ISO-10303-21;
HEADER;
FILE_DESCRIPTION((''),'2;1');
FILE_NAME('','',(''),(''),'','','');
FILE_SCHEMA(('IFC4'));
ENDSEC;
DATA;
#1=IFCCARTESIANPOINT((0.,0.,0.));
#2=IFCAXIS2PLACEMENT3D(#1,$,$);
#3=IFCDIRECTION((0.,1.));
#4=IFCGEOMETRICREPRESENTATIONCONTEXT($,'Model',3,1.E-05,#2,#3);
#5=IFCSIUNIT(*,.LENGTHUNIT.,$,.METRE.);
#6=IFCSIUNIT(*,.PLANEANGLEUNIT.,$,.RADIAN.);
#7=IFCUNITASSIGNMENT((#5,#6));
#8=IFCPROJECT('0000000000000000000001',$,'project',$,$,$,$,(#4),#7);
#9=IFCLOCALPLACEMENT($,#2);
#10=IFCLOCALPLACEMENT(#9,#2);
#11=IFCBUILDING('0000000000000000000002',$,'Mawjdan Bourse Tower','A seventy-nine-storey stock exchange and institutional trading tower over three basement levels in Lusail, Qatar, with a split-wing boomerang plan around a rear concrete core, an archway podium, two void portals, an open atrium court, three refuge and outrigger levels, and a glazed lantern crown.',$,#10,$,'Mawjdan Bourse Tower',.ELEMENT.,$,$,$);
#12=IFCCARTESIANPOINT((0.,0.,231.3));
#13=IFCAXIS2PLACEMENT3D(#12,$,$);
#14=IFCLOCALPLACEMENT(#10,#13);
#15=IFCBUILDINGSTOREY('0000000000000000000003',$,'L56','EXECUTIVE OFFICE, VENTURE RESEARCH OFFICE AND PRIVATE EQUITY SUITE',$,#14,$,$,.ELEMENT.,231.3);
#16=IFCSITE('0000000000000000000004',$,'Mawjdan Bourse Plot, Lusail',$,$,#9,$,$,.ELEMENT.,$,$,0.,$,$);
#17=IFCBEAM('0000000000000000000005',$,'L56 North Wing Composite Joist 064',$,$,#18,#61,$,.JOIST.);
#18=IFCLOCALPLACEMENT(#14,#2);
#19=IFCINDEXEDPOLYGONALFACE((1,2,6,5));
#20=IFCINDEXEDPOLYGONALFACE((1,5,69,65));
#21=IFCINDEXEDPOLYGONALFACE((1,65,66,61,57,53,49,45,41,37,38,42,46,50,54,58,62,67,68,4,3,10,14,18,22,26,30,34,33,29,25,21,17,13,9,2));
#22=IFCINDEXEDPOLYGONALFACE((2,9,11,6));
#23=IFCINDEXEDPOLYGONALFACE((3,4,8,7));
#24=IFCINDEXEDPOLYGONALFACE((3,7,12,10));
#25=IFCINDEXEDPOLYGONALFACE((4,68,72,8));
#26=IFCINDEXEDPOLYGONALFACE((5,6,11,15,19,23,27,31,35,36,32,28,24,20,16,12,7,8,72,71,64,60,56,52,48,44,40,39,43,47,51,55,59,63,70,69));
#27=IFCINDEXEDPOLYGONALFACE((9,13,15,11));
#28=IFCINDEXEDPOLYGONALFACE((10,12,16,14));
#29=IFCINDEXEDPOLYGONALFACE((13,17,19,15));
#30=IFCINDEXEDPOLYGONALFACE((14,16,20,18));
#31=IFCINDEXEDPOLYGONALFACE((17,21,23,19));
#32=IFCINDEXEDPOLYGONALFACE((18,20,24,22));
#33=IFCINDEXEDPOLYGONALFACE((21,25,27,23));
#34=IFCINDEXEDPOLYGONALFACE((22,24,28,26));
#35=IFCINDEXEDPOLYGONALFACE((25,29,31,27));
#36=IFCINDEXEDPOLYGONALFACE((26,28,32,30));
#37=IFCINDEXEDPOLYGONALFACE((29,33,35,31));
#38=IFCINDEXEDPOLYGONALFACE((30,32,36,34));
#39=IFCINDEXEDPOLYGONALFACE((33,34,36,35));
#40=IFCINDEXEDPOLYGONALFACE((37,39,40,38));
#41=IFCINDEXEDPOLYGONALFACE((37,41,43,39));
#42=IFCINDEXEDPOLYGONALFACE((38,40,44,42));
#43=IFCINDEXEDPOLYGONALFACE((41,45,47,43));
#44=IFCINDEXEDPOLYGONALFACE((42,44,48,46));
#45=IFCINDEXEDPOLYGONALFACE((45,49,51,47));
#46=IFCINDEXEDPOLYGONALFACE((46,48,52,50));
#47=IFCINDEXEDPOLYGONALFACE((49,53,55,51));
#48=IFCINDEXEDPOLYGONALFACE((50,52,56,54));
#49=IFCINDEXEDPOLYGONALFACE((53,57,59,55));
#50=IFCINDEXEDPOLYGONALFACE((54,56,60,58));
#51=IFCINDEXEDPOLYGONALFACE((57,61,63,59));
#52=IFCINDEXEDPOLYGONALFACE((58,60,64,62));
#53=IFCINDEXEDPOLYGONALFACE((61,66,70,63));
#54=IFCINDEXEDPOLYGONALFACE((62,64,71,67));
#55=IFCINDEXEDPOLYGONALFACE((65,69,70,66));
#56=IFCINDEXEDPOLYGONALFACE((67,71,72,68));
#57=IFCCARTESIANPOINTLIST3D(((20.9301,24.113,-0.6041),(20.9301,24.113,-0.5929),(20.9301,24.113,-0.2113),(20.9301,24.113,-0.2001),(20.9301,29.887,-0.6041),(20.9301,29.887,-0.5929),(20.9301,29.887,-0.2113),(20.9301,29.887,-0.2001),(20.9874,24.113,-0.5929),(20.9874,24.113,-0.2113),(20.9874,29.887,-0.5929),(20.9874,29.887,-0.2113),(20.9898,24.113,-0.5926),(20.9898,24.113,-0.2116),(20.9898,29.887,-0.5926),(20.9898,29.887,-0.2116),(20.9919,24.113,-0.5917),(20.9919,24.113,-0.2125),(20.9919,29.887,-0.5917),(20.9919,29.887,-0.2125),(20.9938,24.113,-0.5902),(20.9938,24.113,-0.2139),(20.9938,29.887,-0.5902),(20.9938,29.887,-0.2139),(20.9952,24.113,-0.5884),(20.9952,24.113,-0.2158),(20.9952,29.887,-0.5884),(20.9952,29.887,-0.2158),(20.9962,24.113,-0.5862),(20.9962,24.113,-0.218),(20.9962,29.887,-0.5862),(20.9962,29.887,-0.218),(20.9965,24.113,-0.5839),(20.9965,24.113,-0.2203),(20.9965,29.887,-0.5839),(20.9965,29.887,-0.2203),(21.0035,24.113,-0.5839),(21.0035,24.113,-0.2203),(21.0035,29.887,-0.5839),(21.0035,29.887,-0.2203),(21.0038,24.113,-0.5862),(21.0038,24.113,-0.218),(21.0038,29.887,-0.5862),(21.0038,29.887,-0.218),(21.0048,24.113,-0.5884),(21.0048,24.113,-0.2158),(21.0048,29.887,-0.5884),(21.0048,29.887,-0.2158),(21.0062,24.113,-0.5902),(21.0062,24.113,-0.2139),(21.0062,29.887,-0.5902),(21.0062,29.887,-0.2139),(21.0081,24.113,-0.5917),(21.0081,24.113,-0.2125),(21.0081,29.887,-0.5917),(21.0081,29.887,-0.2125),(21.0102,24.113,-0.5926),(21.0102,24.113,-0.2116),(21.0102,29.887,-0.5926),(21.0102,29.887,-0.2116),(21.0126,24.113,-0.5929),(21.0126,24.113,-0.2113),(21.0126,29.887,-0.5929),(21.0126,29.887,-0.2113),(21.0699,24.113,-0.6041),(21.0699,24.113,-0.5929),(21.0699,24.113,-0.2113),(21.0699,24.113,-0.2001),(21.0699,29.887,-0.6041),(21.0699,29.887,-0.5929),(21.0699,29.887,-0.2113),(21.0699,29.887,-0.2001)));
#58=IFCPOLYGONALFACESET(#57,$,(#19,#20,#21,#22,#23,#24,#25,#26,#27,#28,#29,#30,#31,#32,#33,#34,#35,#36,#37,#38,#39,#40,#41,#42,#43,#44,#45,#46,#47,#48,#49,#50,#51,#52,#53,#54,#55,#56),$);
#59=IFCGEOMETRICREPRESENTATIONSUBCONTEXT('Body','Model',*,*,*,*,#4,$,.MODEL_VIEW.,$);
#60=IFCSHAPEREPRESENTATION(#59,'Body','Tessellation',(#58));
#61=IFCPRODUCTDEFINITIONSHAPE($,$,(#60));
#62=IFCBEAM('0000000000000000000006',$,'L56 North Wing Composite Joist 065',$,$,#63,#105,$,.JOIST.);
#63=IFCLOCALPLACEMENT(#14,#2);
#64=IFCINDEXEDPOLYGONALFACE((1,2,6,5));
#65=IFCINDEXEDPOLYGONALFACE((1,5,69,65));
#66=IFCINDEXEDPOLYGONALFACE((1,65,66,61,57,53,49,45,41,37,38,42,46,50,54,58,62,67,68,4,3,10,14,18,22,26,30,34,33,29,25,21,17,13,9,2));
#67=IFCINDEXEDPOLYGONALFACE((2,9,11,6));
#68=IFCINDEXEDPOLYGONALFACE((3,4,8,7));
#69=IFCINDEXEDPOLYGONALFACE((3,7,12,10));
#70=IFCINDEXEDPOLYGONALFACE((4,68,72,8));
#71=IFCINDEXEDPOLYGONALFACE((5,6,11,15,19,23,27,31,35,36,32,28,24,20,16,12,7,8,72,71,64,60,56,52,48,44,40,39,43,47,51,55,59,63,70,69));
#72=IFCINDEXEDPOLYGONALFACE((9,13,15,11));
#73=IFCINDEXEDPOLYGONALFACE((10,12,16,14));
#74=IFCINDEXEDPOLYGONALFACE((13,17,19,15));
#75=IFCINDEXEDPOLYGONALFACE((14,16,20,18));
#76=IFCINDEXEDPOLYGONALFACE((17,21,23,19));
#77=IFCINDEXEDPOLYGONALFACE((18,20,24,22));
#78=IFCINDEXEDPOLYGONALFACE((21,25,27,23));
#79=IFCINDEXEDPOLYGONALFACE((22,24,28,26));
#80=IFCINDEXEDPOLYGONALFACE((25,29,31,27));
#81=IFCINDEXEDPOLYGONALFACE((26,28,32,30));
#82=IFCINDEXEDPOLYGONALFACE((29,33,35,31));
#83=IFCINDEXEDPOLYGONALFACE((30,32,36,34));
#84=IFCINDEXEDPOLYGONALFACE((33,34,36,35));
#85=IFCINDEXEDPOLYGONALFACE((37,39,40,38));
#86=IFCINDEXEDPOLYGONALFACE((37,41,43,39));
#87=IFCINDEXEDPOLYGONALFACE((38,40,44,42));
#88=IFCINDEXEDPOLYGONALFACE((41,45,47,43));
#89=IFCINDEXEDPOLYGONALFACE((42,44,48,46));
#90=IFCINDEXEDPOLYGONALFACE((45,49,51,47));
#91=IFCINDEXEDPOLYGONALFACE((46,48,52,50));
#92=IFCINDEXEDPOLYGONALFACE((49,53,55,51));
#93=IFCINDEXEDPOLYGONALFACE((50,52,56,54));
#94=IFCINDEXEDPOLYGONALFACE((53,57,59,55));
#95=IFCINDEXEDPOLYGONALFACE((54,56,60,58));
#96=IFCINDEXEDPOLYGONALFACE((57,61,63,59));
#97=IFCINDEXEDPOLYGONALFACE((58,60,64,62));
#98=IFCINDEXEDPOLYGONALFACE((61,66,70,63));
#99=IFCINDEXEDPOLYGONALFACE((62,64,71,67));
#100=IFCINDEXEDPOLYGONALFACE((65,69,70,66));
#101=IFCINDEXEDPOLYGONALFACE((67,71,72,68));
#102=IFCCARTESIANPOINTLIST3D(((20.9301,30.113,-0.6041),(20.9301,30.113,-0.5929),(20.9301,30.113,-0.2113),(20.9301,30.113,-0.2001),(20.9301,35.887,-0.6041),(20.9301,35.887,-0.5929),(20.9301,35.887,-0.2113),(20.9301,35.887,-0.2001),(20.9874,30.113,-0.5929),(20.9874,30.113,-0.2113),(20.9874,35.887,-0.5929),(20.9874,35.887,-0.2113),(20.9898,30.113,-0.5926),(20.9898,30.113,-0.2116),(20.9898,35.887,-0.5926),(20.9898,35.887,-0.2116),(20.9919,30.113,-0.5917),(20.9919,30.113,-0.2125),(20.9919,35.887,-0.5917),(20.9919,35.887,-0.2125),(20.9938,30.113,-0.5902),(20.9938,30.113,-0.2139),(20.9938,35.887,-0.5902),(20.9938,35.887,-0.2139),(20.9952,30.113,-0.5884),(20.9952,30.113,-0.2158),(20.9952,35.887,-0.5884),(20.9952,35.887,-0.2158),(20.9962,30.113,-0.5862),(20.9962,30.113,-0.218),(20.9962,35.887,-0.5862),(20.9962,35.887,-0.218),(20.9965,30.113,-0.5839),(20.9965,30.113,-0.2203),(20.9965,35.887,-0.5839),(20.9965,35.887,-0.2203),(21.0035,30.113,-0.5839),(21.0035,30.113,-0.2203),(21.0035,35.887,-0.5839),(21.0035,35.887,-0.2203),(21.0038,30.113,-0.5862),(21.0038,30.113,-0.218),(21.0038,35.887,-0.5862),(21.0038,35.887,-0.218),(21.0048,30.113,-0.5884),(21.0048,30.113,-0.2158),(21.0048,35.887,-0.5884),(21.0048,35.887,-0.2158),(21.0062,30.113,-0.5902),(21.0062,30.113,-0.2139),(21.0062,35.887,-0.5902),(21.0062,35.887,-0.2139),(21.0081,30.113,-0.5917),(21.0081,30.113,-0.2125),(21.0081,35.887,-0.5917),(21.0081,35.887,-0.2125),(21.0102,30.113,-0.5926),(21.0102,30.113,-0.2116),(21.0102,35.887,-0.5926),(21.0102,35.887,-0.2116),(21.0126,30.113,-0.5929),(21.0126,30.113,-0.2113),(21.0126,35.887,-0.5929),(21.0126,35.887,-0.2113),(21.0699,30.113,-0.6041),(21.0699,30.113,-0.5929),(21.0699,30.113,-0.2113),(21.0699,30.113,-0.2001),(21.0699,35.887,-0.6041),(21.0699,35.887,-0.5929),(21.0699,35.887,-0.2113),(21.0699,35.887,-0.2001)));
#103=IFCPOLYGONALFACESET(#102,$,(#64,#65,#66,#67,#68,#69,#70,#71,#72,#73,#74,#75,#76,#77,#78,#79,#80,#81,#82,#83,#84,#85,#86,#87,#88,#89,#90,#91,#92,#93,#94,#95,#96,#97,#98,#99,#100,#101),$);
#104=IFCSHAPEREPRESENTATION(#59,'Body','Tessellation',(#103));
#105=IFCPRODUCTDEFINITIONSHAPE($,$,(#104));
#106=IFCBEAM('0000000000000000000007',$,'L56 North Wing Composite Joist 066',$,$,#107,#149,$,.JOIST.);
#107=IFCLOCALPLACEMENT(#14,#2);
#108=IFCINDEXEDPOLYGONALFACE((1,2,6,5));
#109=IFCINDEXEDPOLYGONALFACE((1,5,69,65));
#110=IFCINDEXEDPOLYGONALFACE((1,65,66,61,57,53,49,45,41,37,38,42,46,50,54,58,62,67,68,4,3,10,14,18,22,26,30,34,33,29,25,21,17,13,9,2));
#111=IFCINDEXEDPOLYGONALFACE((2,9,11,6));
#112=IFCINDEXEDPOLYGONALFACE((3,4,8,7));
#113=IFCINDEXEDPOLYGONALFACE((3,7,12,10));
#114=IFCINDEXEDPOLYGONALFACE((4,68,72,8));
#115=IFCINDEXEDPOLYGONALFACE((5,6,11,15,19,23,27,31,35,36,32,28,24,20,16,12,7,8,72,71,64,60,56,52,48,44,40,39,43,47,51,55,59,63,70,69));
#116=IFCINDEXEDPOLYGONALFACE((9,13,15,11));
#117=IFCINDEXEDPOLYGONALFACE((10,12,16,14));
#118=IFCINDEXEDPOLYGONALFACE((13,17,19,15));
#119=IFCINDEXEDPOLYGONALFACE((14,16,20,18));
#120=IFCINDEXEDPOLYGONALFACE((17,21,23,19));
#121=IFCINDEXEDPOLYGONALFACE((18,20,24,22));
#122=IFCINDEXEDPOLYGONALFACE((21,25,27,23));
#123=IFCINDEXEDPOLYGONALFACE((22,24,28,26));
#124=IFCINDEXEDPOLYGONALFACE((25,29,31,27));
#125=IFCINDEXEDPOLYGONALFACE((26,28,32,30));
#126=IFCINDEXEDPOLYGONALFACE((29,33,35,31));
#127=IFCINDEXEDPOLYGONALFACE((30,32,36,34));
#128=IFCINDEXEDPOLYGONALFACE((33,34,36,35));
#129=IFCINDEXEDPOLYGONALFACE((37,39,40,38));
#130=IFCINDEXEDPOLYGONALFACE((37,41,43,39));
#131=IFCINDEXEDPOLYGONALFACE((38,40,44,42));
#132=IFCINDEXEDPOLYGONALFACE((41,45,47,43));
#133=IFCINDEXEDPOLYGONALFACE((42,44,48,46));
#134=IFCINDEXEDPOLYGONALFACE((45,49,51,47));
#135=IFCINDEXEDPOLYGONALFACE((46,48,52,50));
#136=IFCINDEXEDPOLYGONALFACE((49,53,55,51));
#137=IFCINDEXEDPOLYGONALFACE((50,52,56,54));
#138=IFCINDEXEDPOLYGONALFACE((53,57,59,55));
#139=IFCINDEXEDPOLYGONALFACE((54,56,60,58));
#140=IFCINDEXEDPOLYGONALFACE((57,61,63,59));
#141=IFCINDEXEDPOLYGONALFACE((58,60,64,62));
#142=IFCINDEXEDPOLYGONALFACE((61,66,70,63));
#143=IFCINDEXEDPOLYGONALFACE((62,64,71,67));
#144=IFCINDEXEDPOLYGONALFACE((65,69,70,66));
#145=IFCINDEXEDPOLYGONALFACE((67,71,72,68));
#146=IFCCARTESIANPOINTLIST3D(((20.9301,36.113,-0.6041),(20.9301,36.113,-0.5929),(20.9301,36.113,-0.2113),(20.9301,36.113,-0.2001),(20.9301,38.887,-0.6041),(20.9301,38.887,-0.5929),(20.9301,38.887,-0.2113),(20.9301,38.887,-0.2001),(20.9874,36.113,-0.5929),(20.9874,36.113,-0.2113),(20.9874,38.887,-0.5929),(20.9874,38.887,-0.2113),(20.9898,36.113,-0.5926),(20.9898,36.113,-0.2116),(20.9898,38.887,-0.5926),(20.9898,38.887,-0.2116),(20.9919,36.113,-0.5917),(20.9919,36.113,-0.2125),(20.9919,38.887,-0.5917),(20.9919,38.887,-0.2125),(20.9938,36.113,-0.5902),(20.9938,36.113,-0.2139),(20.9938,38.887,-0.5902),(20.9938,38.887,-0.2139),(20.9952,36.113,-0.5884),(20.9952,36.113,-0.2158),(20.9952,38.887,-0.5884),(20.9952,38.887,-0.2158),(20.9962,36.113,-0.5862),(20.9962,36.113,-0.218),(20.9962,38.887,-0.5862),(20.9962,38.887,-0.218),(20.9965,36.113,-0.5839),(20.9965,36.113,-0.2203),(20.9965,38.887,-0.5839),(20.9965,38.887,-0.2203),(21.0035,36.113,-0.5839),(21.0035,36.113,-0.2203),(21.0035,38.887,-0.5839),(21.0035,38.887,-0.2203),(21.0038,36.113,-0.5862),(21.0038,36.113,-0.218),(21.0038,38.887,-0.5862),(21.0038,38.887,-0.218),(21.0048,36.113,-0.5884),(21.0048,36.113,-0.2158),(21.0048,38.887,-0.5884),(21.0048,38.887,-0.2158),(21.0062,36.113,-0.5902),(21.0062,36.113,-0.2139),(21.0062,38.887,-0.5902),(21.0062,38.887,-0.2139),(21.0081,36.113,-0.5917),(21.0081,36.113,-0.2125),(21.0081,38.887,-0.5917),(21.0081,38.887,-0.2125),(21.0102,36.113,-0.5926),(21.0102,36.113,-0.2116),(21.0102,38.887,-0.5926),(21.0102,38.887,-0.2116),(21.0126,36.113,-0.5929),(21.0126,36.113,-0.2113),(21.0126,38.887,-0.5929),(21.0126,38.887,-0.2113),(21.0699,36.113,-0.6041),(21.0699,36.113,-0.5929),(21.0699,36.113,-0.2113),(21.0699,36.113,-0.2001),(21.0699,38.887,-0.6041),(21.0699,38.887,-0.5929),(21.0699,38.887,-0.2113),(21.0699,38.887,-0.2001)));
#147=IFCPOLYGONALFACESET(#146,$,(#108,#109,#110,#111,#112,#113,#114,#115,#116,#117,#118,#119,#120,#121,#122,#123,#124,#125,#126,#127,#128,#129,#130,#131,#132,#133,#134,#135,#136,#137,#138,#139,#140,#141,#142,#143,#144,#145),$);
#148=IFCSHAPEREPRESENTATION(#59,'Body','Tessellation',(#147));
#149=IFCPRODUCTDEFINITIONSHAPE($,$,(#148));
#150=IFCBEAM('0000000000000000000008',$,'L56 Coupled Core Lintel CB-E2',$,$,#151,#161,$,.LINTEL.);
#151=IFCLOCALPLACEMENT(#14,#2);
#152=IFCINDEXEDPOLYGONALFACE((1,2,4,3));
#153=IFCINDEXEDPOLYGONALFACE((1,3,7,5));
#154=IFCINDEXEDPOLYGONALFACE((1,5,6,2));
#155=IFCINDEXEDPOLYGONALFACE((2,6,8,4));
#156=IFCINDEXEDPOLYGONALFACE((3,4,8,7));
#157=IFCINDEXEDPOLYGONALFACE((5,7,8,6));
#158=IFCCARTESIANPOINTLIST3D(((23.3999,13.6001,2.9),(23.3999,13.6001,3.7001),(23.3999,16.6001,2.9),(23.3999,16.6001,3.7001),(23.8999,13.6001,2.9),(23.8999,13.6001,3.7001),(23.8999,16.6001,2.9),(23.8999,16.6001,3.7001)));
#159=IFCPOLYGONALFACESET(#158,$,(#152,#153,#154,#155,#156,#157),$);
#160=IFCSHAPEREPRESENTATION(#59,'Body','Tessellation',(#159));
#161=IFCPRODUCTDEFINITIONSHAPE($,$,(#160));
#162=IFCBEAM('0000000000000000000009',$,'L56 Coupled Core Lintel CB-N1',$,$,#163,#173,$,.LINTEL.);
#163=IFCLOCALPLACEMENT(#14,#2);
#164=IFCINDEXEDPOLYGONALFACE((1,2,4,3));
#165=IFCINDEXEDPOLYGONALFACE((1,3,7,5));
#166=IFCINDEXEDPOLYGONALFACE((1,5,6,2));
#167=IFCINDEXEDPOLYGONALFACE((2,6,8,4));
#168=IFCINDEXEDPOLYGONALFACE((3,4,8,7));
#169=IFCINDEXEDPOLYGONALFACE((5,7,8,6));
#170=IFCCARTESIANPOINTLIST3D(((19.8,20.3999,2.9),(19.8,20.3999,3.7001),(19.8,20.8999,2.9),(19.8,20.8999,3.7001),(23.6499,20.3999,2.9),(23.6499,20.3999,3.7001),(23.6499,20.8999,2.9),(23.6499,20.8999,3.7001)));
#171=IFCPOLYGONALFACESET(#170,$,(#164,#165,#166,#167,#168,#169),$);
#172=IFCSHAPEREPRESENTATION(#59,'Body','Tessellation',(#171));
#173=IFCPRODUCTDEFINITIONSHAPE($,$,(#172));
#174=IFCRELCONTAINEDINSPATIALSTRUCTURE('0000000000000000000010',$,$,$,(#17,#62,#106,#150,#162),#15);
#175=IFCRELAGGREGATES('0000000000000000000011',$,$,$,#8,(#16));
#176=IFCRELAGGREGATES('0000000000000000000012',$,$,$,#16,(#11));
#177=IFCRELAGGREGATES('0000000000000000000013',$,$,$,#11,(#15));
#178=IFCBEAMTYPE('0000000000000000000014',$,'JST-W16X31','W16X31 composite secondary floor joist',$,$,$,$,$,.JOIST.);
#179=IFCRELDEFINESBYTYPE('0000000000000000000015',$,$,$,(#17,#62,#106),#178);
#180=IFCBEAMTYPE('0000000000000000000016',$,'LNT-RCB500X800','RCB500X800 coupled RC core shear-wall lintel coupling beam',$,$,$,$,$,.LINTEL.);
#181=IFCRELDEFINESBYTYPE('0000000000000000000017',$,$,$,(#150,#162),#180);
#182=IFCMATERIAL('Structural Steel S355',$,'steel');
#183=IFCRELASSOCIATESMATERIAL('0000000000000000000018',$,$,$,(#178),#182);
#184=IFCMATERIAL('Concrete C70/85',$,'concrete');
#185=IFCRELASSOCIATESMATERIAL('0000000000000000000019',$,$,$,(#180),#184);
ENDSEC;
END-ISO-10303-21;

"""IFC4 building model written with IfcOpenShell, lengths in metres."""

from ifc_helpers import new_model, si_unit, direction, frame, origin, origin_2d, place, context, subcontext, project, spatial, rectangle, i_section, extrude, material, material_profile, profile_set, type_object, element, save


model = new_model("IFC4")

# Units and contexts
model_context = context("Model", 3, precision=1e-05, world=origin(), true_north=direction((0.0, 1.0)))
body_context = subcontext(model_context, "Body", "Model", "MODEL_VIEW")
ifc_project = project(units=[si_unit("LENGTHUNIT", "METRE"), si_unit("PLANEANGLEUNIT", "RADIAN")], contexts=[model_context])

# Site, building, storey
site_placement = place(None, origin())
site = spatial("IfcSite", under=ifc_project, at=site_placement, Name="Mawjdan Bourse Plot, Lusail", CompositionType="ELEMENT", RefElevation=0.0)
building_placement = place(site_placement, origin())
building = spatial("IfcBuilding", under=site, at=building_placement, Name="Mawjdan Bourse Tower", Description="A seventy-nine-storey stock exchange and institutional trading tower over three basement levels in Lusail, Qatar, with a split-wing boomerang plan around a rear concrete core, an archway podium, two void portals, an open atrium court, three refuge and outrigger levels, and a glazed lantern crown.", LongName="Mawjdan Bourse Tower", CompositionType="ELEMENT")
storey_placement = place(building_placement, frame((0.0, 0.0, 231.3)))
storey = spatial("IfcBuildingStorey", under=building, at=storey_placement, Name="L56", Description="EXECUTIVE OFFICE, VENTURE RESEARCH OFFICE AND PRIVATE EQUITY SUITE", CompositionType="ELEMENT", Elevation=231.3)

# Beams
ifc_material_1 = material(Name="Structural Steel S355", Category="steel")
ifc_material_profile_1 = material_profile(ifc_material_1, i_section(OverallWidth=0.1399, OverallDepth=0.4041, WebThickness=0.0071, FlangeThickness=0.0112, FilletRadius=0.009, at=origin_2d()), Name="W16X31")
ifc_profile_set_1 = profile_set([ifc_material_profile_1], Name="Structural Steel S355")
beam_type_1 = type_object("IfcBeamType", Name="JST-W16X31", Description="W16X31 composite secondary floor joist", PredefinedType="JOIST", material=ifc_profile_set_1)
for number, where, z_axis, x_axis, name in (
    (1, (21.0, 24.113, -0.4021), (0.0, 1.0, 0.0), (-1.0, 0.0, 0.0), "L56 North Wing Composite Joist 064"),
    (2, (21.0, 30.113, -0.4021), (0.0, 1.0, 0.0), (-1.0, 0.0, 0.0), "L56 North Wing Composite Joist 065"),
):
    element("IfcBeam", number, at=place(storey_placement, frame(where, z_axis=z_axis, x_axis=x_axis)), inside=storey, type_object=beam_type_1, Name=name, PredefinedType="JOIST", context=body_context, shape_type="SweptSolid", body=[
        extrude(i_section(OverallWidth=0.1399, OverallDepth=0.4041, WebThickness=0.0071, FlangeThickness=0.0112, FilletRadius=0.009, at=origin_2d()), origin(), (0.0, 0.0, 1.0), 5.7739),
    ])
beam_1_placement = place(storey_placement, frame((21.0, 36.113, -0.4021), z_axis=(0.0, 1.0, 0.0), x_axis=(-1.0, 0.0, 0.0)))
element("IfcBeam", 3, at=beam_1_placement, inside=storey, type_object=beam_type_1, Name="L56 North Wing Composite Joist 066", PredefinedType="JOIST", context=body_context, shape_type="SweptSolid", body=[
    extrude(i_section(OverallWidth=0.1399, OverallDepth=0.4041, WebThickness=0.0071, FlangeThickness=0.0112, FilletRadius=0.009, at=origin_2d()), origin(), (0.0, 0.0, 1.0), 2.7739),
])
ifc_material_2 = material(Name="Concrete C70/85", Category="concrete")
ifc_material_profile_2 = material_profile(ifc_material_2, rectangle(XDim=0.5, YDim=0.8, at=origin_2d()), Name="RCB500X800")
ifc_profile_set_2 = profile_set([ifc_material_profile_2], Name="Concrete C70/85")
beam_type_2 = type_object("IfcBeamType", Name="LNT-RCB500X800", Description="RCB500X800 coupled RC core shear-wall lintel coupling beam", PredefinedType="LINTEL", material=ifc_profile_set_2)
beam_2_placement = place(storey_placement, frame((23.6499, 13.6001, 3.3), z_axis=(0.0, 1.0, 0.0), x_axis=(-1.0, 0.0, 0.0)))
element("IfcBeam", 4, at=beam_2_placement, inside=storey, type_object=beam_type_2, Name="L56 Coupled Core Lintel CB-E2", PredefinedType="LINTEL", context=body_context, shape_type="SweptSolid", body=[
    extrude(rectangle(XDim=0.5, YDim=0.8, at=origin_2d()), origin(), (0.0, 0.0, 1.0), 3.0),
])
beam_3_placement = place(storey_placement, frame((19.8, 20.6499, 3.3), z_axis=(1.0, 0.0, 0.0), x_axis=(0.0, 1.0, 0.0)))
element("IfcBeam", 5, at=beam_3_placement, inside=storey, type_object=beam_type_2, Name="L56 Coupled Core Lintel CB-N1", PredefinedType="LINTEL", context=body_context, shape_type="SweptSolid", body=[
    extrude(rectangle(XDim=0.5, YDim=0.8, at=origin_2d()), origin(), (0.0, 0.0, 1.0), 3.8499),
])

save(model, "model.ifc")
